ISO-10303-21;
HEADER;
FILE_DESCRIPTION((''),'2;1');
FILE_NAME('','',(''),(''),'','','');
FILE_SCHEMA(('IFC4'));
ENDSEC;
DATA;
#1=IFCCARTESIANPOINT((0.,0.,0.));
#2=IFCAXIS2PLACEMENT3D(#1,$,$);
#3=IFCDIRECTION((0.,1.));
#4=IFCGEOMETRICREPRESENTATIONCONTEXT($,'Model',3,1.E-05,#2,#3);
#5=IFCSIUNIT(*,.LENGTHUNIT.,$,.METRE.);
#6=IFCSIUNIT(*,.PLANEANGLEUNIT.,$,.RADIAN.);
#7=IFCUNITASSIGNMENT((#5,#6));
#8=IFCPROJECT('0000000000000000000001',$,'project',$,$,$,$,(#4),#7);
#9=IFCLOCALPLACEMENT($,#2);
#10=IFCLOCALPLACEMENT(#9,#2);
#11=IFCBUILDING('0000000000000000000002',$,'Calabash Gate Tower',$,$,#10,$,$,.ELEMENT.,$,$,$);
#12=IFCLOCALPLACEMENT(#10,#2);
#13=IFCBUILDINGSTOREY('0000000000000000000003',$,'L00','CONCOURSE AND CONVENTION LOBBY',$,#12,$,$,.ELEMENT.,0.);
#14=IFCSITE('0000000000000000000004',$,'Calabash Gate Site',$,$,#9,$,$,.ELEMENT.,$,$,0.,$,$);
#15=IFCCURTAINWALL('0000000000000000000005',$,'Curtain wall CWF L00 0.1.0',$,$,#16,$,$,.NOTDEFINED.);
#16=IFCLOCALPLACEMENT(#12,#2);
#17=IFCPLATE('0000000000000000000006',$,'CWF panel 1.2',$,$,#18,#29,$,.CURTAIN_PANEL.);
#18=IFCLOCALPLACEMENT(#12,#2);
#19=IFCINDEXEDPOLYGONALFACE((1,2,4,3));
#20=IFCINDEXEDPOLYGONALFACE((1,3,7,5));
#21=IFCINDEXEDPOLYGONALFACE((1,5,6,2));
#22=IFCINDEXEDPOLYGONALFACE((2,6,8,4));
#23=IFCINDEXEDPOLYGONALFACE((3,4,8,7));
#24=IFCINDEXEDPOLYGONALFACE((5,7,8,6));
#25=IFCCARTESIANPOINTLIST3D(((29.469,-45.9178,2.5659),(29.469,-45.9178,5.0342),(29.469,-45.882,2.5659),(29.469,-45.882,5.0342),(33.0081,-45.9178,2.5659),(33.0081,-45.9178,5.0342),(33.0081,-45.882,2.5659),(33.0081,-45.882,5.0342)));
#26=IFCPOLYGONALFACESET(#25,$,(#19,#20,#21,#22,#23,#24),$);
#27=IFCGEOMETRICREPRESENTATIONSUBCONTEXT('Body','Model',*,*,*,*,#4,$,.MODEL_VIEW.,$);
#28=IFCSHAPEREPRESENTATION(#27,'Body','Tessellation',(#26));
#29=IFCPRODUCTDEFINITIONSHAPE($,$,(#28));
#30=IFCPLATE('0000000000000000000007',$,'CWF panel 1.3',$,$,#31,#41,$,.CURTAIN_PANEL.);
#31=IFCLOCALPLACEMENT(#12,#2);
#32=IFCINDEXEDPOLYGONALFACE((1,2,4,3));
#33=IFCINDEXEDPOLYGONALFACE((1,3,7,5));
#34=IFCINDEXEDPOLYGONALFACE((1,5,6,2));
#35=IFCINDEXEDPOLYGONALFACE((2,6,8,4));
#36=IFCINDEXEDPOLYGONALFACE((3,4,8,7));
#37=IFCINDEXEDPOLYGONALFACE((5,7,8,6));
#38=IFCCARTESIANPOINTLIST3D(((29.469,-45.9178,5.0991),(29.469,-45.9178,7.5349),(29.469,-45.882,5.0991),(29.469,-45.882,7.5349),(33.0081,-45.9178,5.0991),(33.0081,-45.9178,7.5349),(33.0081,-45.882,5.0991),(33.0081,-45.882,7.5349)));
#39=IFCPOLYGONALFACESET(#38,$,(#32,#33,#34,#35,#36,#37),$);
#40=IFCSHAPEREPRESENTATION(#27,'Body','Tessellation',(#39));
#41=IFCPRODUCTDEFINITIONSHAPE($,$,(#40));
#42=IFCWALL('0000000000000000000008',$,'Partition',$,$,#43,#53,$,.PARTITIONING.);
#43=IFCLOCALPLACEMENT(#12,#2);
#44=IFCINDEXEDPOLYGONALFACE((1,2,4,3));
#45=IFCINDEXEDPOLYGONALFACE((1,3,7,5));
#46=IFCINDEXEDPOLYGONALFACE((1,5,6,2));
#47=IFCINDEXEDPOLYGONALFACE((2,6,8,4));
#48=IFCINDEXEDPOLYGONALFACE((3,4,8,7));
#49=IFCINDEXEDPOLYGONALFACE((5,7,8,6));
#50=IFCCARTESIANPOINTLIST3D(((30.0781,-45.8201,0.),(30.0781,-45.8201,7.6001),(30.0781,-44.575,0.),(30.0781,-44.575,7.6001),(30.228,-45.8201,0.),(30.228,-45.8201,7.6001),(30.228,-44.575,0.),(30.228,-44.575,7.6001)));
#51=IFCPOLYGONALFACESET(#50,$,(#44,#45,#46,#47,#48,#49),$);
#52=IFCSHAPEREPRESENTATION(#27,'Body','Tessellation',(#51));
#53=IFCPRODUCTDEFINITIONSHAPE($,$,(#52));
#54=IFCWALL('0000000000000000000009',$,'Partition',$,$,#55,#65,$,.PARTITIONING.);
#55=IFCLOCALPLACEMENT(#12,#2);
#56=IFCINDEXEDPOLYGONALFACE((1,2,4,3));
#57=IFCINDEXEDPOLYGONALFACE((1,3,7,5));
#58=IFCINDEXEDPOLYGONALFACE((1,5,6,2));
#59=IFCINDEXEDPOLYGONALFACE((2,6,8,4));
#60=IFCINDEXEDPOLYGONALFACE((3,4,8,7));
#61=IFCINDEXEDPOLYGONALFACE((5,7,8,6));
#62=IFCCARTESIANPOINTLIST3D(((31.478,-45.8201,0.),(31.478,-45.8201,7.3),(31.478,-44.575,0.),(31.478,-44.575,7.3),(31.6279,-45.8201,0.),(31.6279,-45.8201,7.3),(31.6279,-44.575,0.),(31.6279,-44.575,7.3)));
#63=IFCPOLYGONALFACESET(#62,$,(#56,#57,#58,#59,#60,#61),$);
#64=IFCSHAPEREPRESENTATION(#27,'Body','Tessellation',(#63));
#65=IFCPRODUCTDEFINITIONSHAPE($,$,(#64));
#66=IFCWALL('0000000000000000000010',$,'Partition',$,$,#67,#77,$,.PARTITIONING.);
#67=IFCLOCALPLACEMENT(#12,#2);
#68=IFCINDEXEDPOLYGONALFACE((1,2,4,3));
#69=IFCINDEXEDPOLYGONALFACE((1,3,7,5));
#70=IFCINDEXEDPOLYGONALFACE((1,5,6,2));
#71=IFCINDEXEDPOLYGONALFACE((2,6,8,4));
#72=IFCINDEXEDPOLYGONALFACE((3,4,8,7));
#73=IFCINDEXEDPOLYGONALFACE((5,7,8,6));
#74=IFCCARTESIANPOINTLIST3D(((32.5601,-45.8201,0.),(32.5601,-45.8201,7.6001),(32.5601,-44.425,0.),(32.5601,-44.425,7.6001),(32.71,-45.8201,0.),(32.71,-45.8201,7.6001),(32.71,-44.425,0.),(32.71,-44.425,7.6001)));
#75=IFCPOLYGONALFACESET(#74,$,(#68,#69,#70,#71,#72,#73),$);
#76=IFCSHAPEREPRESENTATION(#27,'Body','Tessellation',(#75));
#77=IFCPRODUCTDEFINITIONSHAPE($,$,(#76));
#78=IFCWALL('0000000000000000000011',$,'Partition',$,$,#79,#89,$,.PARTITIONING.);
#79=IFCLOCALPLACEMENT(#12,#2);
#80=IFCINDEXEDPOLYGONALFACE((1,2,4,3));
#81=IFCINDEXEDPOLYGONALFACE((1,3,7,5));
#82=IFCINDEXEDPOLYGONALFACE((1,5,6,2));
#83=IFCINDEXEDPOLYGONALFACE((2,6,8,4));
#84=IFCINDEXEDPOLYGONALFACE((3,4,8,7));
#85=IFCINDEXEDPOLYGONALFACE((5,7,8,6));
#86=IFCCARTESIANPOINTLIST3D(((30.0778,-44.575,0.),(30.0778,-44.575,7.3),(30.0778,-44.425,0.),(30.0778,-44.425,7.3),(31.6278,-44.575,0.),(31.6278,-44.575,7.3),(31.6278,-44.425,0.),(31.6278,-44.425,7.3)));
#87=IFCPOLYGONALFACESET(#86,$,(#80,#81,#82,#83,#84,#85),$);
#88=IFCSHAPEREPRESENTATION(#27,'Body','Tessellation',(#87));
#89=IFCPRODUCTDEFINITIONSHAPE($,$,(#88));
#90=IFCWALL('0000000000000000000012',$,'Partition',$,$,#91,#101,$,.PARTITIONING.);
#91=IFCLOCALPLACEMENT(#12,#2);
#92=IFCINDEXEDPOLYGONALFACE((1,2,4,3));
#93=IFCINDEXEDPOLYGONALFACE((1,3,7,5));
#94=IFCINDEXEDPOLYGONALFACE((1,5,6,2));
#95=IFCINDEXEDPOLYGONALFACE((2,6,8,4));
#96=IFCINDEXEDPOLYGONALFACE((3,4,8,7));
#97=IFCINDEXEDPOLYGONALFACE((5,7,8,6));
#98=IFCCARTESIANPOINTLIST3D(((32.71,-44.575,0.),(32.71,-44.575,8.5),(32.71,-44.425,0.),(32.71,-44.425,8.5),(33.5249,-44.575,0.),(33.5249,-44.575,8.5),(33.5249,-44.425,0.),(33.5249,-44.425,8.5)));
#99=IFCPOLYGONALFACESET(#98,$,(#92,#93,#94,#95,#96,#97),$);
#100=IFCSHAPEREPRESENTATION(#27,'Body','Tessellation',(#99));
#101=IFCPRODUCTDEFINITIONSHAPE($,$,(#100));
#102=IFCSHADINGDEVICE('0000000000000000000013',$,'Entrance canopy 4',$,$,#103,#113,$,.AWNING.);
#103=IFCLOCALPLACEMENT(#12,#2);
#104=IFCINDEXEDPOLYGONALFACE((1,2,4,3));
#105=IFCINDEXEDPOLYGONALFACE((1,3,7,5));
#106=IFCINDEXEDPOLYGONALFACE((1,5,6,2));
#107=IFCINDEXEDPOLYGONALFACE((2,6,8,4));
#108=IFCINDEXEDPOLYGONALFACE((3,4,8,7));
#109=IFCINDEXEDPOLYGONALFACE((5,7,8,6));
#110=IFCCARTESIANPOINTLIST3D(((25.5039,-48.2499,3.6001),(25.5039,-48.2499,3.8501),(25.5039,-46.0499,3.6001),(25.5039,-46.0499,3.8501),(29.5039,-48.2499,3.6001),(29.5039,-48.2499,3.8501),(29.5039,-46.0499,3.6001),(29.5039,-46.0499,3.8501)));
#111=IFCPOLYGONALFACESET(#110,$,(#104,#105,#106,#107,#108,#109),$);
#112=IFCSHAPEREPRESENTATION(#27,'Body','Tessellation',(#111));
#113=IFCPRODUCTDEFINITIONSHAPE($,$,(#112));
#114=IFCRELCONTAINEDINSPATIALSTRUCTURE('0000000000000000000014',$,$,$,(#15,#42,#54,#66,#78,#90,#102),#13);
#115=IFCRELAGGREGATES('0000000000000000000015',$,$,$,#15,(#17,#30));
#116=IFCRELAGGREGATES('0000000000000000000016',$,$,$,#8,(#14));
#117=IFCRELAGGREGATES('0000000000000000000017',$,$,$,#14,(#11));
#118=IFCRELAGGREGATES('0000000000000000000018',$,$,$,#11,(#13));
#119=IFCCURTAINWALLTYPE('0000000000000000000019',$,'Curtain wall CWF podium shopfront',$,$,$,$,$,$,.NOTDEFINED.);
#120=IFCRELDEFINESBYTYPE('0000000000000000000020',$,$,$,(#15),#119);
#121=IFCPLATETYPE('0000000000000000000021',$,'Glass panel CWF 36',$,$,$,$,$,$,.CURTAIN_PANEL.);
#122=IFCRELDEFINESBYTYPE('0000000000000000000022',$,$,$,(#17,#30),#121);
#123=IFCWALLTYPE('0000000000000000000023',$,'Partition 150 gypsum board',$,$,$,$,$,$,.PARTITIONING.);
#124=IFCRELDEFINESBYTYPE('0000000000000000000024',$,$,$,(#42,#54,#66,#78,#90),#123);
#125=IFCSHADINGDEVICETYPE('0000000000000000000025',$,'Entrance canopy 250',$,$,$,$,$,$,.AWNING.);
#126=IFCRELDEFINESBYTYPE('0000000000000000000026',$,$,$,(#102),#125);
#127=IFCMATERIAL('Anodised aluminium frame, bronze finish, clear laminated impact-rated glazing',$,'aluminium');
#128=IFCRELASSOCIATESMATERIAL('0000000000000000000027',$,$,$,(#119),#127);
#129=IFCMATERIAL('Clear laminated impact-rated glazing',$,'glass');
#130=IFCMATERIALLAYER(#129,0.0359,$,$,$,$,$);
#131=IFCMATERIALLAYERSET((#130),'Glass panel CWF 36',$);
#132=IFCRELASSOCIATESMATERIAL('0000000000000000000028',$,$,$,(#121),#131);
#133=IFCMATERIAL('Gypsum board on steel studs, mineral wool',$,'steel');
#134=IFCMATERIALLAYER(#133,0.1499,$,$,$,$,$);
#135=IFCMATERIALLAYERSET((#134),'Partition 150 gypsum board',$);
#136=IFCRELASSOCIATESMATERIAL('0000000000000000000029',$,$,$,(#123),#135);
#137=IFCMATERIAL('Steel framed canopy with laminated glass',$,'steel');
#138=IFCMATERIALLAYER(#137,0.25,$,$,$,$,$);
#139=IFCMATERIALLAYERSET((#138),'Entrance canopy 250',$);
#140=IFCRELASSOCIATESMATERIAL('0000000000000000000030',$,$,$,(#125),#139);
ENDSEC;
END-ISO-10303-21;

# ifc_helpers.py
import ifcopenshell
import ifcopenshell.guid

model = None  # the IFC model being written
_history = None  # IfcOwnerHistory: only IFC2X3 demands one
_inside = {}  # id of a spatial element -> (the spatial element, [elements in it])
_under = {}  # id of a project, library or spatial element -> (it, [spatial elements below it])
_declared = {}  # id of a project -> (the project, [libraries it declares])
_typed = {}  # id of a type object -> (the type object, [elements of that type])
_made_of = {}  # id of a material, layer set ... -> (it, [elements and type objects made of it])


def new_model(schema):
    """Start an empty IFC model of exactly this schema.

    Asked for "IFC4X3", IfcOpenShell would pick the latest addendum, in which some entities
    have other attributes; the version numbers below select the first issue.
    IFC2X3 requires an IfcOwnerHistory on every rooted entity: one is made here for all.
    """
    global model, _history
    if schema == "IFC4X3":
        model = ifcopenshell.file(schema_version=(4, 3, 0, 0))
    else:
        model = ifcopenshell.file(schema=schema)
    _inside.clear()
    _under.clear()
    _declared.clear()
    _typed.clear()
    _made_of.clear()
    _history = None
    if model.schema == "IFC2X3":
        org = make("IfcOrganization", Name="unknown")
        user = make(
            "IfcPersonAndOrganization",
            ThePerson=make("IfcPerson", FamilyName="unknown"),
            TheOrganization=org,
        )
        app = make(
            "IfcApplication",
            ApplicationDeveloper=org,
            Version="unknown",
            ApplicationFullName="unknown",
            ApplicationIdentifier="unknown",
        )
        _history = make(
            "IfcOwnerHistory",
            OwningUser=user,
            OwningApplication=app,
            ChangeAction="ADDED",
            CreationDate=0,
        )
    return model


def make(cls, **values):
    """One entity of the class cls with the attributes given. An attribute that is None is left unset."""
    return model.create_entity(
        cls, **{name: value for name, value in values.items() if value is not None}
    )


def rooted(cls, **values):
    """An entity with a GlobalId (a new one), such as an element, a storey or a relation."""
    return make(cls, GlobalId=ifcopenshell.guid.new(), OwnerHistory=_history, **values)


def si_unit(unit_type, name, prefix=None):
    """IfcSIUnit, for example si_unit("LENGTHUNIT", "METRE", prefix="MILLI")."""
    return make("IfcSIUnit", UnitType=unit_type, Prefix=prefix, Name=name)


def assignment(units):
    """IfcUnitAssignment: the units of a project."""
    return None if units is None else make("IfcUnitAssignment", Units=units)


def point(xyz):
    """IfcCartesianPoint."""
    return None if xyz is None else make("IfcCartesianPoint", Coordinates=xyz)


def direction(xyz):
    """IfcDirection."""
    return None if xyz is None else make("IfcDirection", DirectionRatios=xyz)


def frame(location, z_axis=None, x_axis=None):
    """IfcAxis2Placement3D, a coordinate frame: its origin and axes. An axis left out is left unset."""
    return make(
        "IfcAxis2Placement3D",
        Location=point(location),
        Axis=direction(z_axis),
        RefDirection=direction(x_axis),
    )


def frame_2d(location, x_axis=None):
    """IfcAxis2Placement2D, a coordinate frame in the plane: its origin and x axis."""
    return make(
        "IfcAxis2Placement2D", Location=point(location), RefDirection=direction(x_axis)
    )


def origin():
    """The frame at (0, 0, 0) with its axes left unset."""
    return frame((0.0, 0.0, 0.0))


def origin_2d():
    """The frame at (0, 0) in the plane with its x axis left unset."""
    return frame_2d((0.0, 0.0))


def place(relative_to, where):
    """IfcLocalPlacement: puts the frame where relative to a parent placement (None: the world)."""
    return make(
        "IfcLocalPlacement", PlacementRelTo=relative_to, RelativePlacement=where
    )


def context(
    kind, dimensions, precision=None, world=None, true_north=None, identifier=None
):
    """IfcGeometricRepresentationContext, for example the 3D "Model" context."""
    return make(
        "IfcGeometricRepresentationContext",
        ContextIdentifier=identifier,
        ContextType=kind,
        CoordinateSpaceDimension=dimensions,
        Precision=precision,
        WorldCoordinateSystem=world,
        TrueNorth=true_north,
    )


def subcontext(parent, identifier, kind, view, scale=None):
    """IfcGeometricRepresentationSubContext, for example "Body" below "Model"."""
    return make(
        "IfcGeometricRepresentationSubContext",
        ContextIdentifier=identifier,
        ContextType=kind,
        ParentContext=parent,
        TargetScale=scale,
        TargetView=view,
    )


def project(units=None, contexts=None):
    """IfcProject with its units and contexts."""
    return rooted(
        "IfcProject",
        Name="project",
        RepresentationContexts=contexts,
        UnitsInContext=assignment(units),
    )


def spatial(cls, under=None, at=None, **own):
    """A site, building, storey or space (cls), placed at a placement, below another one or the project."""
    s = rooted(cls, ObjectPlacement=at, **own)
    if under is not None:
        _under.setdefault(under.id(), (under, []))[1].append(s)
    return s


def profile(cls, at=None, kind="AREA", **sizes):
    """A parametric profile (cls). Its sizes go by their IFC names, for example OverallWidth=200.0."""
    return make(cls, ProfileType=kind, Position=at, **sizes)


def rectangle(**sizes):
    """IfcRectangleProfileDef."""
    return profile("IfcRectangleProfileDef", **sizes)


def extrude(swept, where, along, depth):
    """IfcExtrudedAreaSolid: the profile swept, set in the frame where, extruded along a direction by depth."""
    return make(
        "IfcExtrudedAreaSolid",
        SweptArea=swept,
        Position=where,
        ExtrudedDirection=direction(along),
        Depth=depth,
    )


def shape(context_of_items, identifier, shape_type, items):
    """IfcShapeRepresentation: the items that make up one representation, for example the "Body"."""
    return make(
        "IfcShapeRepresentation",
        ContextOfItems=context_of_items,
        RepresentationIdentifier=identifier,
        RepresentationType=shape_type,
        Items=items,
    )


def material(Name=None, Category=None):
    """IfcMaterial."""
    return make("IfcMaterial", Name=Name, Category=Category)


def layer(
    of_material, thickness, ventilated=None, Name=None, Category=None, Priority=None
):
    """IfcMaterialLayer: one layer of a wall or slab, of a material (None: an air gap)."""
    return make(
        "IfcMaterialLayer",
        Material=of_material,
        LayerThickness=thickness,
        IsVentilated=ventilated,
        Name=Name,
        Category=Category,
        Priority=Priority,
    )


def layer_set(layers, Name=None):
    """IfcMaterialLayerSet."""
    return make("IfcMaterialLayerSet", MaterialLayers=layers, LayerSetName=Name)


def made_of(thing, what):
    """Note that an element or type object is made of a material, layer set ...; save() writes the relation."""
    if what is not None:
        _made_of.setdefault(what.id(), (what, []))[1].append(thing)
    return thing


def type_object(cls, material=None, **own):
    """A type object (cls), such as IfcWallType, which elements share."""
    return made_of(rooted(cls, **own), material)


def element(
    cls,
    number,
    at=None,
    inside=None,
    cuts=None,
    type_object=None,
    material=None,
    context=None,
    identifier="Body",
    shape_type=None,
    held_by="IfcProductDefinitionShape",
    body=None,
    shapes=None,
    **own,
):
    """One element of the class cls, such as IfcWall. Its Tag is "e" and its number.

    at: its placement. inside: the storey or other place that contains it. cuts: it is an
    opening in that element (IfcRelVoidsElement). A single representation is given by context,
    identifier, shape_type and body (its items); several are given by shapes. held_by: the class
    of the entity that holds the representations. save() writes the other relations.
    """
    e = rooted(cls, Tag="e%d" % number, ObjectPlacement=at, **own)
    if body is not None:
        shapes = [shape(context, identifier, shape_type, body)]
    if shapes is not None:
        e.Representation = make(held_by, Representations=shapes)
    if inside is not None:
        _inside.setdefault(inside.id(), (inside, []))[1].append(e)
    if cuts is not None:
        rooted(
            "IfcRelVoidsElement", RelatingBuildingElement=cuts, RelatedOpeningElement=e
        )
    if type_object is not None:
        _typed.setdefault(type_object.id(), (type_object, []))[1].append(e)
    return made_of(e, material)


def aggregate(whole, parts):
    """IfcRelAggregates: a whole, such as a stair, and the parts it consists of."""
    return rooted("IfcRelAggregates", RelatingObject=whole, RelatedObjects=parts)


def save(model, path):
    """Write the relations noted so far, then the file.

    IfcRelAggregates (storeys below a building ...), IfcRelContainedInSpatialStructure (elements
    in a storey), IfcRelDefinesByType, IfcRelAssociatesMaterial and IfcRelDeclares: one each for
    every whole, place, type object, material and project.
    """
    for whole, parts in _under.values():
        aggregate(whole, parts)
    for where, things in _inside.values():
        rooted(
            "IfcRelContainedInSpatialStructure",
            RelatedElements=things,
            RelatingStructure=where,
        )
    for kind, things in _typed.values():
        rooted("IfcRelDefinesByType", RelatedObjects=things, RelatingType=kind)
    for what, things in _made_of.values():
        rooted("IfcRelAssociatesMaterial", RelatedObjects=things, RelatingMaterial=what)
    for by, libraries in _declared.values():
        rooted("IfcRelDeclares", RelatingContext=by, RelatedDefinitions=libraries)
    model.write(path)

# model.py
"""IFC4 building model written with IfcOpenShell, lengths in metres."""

from ifc_helpers import new_model, si_unit, direction, frame, frame_2d, origin, origin_2d, place, context, subcontext, project, spatial, rectangle, extrude, material, layer, layer_set, type_object, element, aggregate, save


model = new_model("IFC4")

# Units and contexts
model_context = context("Model", 3, precision=1e-05, world=origin(), true_north=direction((0.0, 1.0)))
body_context = subcontext(model_context, "Body", "Model", "MODEL_VIEW")
ifc_project = project(units=[si_unit("LENGTHUNIT", "METRE"), si_unit("PLANEANGLEUNIT", "RADIAN")], contexts=[model_context])

# Site, building, storey
site_placement = place(None, origin())
site = spatial("IfcSite", under=ifc_project, at=site_placement, Name="Calabash Gate Site", CompositionType="ELEMENT", RefElevation=0.0)
building_placement = place(site_placement, origin())
building = spatial("IfcBuilding", under=site, at=building_placement, Name="Calabash Gate Tower", CompositionType="ELEMENT")
storey_placement = place(building_placement, origin())
storey = spatial("IfcBuildingStorey", under=building, at=storey_placement, Name="L00", Description="CONCOURSE AND CONVENTION LOBBY", CompositionType="ELEMENT", Elevation=0.0)

# Curtain wall
ifc_material_1 = material(Name="Anodised aluminium frame, bronze finish, clear laminated impact-rated glazing", Category="aluminium")
curtain_wall_type = type_object("IfcCurtainWallType", Name="Curtain wall CWF podium shopfront", PredefinedType="NOTDEFINED", material=ifc_material_1)
curtain_wall_placement = place(storey_placement, origin())
curtain_wall = element("IfcCurtainWall", 1, at=curtain_wall_placement, inside=storey, type_object=curtain_wall_type, Name="Curtain wall CWF L00 0.1.0", PredefinedType="NOTDEFINED")

# Plates
ifc_material_2 = material(Name="Clear laminated impact-rated glazing", Category="glass")
ifc_layer_1 = layer(ifc_material_2, 0.0359)
ifc_layer_set_1 = layer_set([ifc_layer_1], Name="Glass panel CWF 36")
plate_type = type_object("IfcPlateType", Name="Glass panel CWF 36", PredefinedType="CURTAIN_PANEL", material=ifc_layer_set_1)
plate_1_placement = place(storey_placement, frame((31.2385, -45.8999, 2.5659), z_axis=(0.0, 0.0, 1.0), x_axis=(1.0, 0.0, 0.0)))
plate_1 = element("IfcPlate", 2, at=plate_1_placement, type_object=plate_type, Name="CWF panel 1.2", PredefinedType="CURTAIN_PANEL", context=body_context, shape_type="SweptSolid", body=[
    extrude(rectangle(XDim=3.5391, YDim=0.0359, at=origin_2d()), origin(), (0.0, 0.0, 1.0), 2.4683),
])
plate_2_placement = place(storey_placement, frame((31.2385, -45.8999, 5.0991), z_axis=(0.0, 0.0, 1.0), x_axis=(1.0, 0.0, 0.0)))
plate_2 = element("IfcPlate", 3, at=plate_2_placement, type_object=plate_type, Name="CWF panel 1.3", PredefinedType="CURTAIN_PANEL", context=body_context, shape_type="SweptSolid", body=[
    extrude(rectangle(XDim=3.5391, YDim=0.0359, at=origin_2d()), origin(), (0.0, 0.0, 1.0), 2.4358),
])
aggregate(curtain_wall, [plate_1, plate_2])

# Walls
ifc_material_3 = material(Name="Gypsum board on steel studs, mineral wool", Category="steel")
ifc_layer_2 = layer(ifc_material_3, 0.1499)
ifc_layer_set_2 = layer_set([ifc_layer_2], Name="Partition 150 gypsum board")
wall_type = type_object("IfcWallType", Name="Partition 150 gypsum board", PredefinedType="PARTITIONING", material=ifc_layer_set_2)
wall_1_placement = place(storey_placement, frame((30.1531, -45.8201, 0.0), z_axis=(0.0, 0.0, 1.0), x_axis=(0.0, 1.0, 0.0)))
element("IfcWall", 4, at=wall_1_placement, inside=storey, type_object=wall_type, Name="Partition", PredefinedType="PARTITIONING", context=body_context, shape_type="SweptSolid", body=[
    extrude(rectangle(XDim=1.2451, YDim=0.1499, at=frame_2d((0.6226, 0.0))), origin(), (0.0, 0.0, 1.0), 7.6001),
])
wall_2_placement = place(storey_placement, frame((31.553, -45.8201, 0.0), z_axis=(0.0, 0.0, 1.0), x_axis=(0.0, 1.0, 0.0)))
element("IfcWall", 5, at=wall_2_placement, inside=storey, type_object=wall_type, Name="Partition", PredefinedType="PARTITIONING", context=body_context, shape_type="SweptSolid", body=[
    extrude(rectangle(XDim=1.2451, YDim=0.1499, at=frame_2d((0.6226, 0.0))), origin(), (0.0, 0.0, 1.0), 7.3),
])
wall_3_placement = place(storey_placement, frame((32.635, -45.8201, 0.0), z_axis=(0.0, 0.0, 1.0), x_axis=(0.0, 1.0, 0.0)))
element("IfcWall", 6, at=wall_3_placement, inside=storey, type_object=wall_type, Name="Partition", PredefinedType="PARTITIONING", context=body_context, shape_type="SweptSolid", body=[
    extrude(rectangle(XDim=1.395, YDim=0.1499, at=frame_2d((0.6975, 0.0))), origin(), (0.0, 0.0, 1.0), 7.6001),
])
wall_4_placement = place(storey_placement, frame((30.0779, -44.5, 0.0), z_axis=(0.0, 0.0, 1.0), x_axis=(1.0, 0.0, 0.0)))
element("IfcWall", 7, at=wall_4_placement, inside=storey, type_object=wall_type, Name="Partition", PredefinedType="PARTITIONING", context=body_context, shape_type="SweptSolid", body=[
    extrude(rectangle(XDim=1.55, YDim=0.1499, at=frame_2d((0.7749, 0.0))), origin(), (0.0, 0.0, 1.0), 7.3),
])
wall_5_placement = place(storey_placement, frame((32.71, -44.5, 0.0), z_axis=(0.0, 0.0, 1.0), x_axis=(1.0, 0.0, 0.0)))
element("IfcWall", 8, at=wall_5_placement, inside=storey, type_object=wall_type, Name="Partition", PredefinedType="PARTITIONING", context=body_context, shape_type="SweptSolid", body=[
    extrude(rectangle(XDim=0.8149, YDim=0.1499, at=frame_2d((0.4075, 0.0))), origin(), (0.0, 0.0, 1.0), 8.5),
])

# Shading device
ifc_material_4 = material(Name="Steel framed canopy with laminated glass", Category="steel")
ifc_layer_3 = layer(ifc_material_4, 0.25)
ifc_layer_set_3 = layer_set([ifc_layer_3], Name="Entrance canopy 250")
shading_device_type = type_object("IfcShadingDeviceType", Name="Entrance canopy 250", PredefinedType="AWNING", material=ifc_layer_set_3)
shading_device_placement = place(storey_placement, frame((27.5039, -47.1499, 3.6001), z_axis=(0.0, 0.0, 1.0), x_axis=(1.0, 0.0, 0.0)))
element("IfcShadingDevice", 9, at=shading_device_placement, inside=storey, type_object=shading_device_type, Name="Entrance canopy 4", PredefinedType="AWNING", context=body_context, shape_type="SweptSolid", body=[
    extrude(rectangle(XDim=4.0, YDim=2.2, at=origin_2d()), origin(), (0.0, 0.0, 1.0), 0.25),
])

save(model, "model.ifc")
